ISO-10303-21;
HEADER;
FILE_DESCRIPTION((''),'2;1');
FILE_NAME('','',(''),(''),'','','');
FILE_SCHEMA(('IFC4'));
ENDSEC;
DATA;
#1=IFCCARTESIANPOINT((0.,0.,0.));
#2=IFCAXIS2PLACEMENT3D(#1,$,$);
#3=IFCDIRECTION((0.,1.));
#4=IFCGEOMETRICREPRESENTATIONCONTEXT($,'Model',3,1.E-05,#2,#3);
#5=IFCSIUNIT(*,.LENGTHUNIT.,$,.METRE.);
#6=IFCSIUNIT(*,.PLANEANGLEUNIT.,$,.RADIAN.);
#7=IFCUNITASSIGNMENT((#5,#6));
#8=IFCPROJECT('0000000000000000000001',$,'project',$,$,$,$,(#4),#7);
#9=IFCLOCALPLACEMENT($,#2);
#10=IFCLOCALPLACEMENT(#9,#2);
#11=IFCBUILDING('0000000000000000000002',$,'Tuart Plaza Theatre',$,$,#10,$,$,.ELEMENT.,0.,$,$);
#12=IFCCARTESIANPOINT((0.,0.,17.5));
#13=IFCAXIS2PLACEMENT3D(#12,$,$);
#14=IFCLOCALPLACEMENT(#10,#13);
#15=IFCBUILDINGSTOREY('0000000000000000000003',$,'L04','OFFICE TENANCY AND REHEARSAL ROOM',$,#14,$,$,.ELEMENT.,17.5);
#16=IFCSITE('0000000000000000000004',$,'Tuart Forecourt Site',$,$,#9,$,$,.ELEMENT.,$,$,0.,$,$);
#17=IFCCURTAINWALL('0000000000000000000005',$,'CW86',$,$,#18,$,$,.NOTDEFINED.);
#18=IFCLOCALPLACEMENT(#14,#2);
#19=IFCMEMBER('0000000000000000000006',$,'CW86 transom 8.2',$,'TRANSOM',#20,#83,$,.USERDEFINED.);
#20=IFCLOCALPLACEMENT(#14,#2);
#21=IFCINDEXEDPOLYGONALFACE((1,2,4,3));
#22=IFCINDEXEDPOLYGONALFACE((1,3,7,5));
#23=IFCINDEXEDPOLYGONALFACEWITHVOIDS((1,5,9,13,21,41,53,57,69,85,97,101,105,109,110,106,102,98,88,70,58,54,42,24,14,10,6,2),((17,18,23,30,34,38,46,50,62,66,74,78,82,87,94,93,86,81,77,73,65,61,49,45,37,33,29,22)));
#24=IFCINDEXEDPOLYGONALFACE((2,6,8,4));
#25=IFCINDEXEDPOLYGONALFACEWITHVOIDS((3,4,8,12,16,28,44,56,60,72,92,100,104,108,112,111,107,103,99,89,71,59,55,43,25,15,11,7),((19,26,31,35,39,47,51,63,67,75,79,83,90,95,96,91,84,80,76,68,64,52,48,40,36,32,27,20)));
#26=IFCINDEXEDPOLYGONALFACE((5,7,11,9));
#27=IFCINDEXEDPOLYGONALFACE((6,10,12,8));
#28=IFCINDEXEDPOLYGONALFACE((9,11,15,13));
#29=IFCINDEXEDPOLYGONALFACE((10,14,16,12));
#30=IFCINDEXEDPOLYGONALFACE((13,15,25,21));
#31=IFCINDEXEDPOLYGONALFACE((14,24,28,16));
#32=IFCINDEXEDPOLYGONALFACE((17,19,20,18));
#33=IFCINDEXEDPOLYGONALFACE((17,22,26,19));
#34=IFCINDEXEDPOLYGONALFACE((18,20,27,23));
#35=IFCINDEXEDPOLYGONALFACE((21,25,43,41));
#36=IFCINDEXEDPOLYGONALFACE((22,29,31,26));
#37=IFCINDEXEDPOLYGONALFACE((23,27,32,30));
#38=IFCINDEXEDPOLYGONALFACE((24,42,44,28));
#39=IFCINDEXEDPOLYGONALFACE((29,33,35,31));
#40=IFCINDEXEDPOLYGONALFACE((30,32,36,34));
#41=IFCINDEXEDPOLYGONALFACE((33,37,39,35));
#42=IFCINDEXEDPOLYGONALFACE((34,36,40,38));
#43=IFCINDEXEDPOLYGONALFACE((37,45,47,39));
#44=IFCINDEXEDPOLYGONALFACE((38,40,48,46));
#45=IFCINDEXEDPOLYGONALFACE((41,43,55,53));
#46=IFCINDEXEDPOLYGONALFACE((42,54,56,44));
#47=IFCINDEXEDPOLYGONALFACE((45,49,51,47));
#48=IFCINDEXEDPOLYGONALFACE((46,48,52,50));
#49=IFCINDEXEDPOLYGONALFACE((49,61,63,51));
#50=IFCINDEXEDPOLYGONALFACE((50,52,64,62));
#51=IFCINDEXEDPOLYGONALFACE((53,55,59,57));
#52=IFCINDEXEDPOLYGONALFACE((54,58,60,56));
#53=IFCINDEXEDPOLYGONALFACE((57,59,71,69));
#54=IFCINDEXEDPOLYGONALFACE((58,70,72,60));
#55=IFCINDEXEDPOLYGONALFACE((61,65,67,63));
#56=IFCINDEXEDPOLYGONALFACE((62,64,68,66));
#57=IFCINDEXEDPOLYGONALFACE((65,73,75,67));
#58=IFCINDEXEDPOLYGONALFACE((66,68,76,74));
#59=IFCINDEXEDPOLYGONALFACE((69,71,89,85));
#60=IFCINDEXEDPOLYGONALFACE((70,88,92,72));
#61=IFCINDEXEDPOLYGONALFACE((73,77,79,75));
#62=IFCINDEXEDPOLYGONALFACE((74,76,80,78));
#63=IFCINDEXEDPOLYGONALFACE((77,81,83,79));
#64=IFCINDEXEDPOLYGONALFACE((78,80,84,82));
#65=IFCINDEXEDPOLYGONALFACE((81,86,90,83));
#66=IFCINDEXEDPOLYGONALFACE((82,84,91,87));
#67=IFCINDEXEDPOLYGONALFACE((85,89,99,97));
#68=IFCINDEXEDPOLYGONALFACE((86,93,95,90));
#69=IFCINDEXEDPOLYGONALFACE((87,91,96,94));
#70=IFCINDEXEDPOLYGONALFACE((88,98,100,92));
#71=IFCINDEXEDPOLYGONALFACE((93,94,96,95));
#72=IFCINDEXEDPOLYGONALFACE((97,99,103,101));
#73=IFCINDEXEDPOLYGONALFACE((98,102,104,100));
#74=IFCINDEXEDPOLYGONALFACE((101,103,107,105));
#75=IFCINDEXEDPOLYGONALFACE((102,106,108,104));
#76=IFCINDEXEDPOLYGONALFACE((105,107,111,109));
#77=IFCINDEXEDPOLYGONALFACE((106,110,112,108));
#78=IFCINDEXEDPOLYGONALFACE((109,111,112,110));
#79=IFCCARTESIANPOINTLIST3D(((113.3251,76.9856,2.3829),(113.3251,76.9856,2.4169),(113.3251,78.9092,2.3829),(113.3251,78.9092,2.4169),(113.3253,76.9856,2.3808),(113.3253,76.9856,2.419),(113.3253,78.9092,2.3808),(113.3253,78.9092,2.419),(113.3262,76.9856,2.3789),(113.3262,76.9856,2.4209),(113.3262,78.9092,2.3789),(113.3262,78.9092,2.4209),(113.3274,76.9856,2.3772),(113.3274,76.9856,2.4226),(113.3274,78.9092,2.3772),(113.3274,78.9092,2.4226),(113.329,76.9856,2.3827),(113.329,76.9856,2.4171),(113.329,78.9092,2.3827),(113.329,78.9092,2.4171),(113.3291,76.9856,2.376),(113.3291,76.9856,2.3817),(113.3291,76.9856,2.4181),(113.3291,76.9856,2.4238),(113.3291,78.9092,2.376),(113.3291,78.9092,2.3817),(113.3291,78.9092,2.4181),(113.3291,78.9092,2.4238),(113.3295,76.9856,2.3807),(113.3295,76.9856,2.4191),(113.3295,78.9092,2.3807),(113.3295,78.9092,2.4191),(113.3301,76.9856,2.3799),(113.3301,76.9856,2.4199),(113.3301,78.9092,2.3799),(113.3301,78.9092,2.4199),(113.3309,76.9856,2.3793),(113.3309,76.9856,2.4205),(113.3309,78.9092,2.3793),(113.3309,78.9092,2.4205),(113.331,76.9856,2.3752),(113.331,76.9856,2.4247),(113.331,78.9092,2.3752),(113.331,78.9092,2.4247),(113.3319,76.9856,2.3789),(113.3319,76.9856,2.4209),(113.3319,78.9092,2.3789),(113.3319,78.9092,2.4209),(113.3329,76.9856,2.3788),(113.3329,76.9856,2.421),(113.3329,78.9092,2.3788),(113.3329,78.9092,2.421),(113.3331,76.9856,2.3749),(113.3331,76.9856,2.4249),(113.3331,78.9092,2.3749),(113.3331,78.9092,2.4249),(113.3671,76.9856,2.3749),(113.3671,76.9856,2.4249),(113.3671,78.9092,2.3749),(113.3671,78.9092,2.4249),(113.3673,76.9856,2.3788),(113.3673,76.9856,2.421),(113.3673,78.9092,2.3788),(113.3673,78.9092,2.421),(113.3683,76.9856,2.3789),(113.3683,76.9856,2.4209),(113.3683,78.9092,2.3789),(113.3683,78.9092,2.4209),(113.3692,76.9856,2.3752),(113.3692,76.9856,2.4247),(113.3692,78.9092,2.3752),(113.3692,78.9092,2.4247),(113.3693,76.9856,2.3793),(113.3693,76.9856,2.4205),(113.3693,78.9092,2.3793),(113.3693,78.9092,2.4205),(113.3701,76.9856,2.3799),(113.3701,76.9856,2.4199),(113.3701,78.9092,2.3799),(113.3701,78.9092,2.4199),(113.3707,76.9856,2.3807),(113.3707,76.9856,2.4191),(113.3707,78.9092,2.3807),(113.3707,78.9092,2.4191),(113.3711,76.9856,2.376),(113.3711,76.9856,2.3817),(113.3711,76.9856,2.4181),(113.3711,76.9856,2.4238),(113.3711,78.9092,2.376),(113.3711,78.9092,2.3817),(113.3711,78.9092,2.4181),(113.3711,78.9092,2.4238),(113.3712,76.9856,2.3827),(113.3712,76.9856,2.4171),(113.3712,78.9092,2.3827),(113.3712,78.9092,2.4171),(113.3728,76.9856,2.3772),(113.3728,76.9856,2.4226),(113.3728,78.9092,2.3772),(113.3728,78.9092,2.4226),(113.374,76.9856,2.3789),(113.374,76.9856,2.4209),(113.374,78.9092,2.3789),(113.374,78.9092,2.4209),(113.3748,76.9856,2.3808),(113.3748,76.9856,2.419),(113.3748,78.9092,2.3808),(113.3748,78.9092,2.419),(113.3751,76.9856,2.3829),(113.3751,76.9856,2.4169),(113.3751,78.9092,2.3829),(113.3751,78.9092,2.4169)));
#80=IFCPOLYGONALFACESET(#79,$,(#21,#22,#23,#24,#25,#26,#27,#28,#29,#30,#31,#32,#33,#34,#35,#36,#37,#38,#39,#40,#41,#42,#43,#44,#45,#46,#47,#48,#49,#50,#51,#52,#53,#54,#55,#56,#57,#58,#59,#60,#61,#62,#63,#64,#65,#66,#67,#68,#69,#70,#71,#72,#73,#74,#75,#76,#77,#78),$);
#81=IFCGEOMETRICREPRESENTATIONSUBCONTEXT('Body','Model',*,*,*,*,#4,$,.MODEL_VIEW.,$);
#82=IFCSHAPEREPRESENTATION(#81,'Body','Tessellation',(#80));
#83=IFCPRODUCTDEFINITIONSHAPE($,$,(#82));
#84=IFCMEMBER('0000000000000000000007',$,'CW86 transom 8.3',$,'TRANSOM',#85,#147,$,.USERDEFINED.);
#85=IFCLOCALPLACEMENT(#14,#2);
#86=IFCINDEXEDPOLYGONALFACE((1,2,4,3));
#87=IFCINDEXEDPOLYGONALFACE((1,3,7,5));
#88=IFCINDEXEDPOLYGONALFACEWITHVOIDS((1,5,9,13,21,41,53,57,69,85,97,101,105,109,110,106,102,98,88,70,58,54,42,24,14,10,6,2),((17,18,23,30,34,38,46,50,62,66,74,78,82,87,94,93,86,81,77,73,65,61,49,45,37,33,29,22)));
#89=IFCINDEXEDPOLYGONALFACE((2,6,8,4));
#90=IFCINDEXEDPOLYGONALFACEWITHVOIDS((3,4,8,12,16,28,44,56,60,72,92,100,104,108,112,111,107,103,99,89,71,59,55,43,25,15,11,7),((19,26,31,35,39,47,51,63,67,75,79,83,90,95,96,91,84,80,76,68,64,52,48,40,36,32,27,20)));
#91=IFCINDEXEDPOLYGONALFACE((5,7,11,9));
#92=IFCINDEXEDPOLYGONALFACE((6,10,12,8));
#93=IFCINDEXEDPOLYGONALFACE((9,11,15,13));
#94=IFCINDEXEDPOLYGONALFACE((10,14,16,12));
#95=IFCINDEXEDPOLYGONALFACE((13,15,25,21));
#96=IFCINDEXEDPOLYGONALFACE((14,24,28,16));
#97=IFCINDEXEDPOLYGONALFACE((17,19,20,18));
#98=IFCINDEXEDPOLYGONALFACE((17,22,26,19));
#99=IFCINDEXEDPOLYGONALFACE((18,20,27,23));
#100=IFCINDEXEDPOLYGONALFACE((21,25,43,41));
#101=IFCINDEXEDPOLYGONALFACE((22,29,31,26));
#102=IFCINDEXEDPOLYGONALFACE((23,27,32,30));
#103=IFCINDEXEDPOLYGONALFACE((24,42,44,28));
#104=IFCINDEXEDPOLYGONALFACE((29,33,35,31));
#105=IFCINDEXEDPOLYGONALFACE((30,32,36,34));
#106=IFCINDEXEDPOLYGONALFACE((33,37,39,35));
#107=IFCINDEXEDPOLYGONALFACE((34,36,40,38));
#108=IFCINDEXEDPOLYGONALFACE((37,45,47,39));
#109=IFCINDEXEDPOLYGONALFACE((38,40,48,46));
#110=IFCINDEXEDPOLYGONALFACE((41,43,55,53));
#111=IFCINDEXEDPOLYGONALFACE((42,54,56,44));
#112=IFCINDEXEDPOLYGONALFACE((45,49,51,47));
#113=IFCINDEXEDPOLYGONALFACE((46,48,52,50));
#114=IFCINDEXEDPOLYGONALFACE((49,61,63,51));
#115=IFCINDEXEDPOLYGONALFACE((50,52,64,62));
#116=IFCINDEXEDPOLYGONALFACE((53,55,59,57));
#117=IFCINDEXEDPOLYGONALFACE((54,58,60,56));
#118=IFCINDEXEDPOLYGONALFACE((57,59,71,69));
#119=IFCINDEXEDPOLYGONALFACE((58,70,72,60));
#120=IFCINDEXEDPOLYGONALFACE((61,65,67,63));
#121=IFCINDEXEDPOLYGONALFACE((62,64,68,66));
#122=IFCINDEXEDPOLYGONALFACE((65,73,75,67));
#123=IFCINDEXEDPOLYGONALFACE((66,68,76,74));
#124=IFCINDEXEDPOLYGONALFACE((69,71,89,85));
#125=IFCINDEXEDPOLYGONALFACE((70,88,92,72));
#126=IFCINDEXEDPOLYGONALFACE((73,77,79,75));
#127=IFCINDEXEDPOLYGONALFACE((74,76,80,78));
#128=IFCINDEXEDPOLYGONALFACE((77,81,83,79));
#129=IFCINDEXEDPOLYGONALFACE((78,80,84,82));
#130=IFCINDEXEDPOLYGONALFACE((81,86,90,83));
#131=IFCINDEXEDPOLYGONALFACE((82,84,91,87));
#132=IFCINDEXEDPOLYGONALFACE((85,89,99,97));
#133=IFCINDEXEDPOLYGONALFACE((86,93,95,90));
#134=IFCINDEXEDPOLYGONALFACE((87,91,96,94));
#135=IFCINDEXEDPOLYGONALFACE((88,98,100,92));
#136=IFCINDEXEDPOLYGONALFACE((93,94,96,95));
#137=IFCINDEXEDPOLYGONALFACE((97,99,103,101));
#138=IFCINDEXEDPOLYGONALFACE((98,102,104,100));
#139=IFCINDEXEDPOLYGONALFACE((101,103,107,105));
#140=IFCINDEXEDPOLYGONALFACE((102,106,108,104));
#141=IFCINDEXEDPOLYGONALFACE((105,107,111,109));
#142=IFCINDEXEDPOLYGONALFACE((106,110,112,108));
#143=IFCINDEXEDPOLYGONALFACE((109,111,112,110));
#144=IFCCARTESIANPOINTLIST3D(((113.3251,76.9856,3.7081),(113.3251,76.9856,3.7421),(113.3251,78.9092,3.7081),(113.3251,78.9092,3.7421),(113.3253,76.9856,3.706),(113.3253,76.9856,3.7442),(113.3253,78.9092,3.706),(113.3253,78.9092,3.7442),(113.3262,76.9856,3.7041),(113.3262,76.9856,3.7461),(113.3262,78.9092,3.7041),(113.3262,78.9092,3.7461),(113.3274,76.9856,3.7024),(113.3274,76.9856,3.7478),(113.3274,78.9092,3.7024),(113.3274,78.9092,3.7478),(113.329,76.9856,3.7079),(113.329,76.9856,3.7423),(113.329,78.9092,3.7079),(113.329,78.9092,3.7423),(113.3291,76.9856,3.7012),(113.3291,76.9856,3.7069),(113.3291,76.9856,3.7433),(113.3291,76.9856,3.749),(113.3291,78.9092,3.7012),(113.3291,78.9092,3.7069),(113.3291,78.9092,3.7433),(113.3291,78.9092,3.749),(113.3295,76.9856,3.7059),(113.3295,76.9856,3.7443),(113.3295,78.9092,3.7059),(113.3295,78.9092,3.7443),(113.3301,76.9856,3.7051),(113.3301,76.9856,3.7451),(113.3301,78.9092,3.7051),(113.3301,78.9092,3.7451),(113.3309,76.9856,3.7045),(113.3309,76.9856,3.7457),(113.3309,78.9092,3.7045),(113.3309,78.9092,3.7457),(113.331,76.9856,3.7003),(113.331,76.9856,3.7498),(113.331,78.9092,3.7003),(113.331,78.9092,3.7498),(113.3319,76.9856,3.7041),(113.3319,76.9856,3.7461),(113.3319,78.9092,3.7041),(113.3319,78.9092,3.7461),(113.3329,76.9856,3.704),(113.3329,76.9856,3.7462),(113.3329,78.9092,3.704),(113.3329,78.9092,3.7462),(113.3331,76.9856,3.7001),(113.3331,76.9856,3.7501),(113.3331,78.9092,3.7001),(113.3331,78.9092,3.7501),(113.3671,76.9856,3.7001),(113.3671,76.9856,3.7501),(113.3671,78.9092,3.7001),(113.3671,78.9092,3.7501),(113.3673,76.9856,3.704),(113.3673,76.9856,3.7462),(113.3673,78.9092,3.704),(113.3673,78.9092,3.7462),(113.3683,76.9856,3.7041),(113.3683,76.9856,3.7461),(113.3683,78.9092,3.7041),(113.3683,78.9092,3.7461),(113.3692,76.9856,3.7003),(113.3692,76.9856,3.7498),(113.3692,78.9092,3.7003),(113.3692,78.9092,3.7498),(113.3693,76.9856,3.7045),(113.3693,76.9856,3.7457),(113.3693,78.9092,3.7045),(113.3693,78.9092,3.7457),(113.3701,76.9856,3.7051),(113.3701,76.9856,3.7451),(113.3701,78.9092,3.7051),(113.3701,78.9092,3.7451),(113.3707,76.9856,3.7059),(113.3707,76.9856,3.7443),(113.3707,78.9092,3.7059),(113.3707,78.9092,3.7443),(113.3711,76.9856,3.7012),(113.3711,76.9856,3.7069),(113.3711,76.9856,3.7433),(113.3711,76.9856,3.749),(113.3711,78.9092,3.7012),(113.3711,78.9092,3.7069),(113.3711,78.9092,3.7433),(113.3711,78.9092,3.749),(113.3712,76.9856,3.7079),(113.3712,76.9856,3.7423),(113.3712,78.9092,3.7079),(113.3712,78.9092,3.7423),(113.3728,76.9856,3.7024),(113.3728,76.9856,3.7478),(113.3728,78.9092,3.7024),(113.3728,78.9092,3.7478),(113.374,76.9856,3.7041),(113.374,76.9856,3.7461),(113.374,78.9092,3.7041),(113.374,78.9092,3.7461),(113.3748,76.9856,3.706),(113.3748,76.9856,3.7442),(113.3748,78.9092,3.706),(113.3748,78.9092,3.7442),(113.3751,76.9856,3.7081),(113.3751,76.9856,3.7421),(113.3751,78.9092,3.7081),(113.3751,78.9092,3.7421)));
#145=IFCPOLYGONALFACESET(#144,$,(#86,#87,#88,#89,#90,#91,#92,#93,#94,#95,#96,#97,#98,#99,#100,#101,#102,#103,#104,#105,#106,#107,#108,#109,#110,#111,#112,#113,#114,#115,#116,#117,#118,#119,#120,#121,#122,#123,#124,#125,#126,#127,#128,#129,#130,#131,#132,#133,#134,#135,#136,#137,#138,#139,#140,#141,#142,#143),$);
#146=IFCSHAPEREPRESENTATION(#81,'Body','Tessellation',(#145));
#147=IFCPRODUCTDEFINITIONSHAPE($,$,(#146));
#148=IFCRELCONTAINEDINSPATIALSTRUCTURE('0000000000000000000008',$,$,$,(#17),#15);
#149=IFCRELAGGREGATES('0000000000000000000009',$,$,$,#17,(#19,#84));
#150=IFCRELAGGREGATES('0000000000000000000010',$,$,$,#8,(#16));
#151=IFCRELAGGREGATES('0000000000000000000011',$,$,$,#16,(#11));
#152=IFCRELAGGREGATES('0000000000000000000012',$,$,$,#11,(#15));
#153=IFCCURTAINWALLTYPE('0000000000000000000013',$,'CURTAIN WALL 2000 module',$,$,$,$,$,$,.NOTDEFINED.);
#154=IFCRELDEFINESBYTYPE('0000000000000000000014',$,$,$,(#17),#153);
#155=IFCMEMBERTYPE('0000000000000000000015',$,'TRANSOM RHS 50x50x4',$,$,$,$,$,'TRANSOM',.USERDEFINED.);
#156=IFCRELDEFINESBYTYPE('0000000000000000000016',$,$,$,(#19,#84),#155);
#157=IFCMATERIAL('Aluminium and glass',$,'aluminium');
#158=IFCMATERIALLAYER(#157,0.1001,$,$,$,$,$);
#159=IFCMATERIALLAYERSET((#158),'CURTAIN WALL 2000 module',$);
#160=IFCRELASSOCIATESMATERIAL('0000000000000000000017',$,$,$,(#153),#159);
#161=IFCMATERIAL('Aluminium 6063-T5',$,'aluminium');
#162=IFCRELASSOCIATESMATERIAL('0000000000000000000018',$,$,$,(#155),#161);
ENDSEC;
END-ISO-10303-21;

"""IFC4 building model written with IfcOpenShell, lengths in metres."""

from ifc_helpers import new_model, si_unit, direction, frame, origin, origin_2d, place, context, subcontext, project, spatial, hollow_rectangle, extrude, material, layer, layer_set, material_profile, profile_set, type_object, element, aggregate, save


model = new_model("IFC4")

# Units and contexts
model_context = context("Model", 3, precision=1e-05, world=origin(), true_north=direction((0.0, 1.0)))
body_context = subcontext(model_context, "Body", "Model", "MODEL_VIEW")
ifc_project = project(units=[si_unit("LENGTHUNIT", "METRE"), si_unit("PLANEANGLEUNIT", "RADIAN")], contexts=[model_context])

# Site, building, storey
site_placement = place(None, origin())
site = spatial("IfcSite", under=ifc_project, at=site_placement, Name="Tuart Forecourt Site", CompositionType="ELEMENT", RefElevation=0.0)
building_placement = place(site_placement, origin())
building = spatial("IfcBuilding", under=site, at=building_placement, Name="Tuart Plaza Theatre", CompositionType="ELEMENT", ElevationOfRefHeight=0.0)
storey_placement = place(building_placement, frame((0.0, 0.0, 17.5)))
storey = spatial("IfcBuildingStorey", under=building, at=storey_placement, Name="L04", Description="OFFICE TENANCY AND REHEARSAL ROOM", CompositionType="ELEMENT", Elevation=17.5)

# Curtain wall, members
ifc_material_1 = material(Name="Aluminium and glass", Category="aluminium")
ifc_layer_1 = layer(ifc_material_1, 0.1001)
ifc_layer_set_1 = layer_set([ifc_layer_1], Name="CURTAIN WALL 2000 module")
curtain_wall_type = type_object("IfcCurtainWallType", Name="CURTAIN WALL 2000 module", PredefinedType="NOTDEFINED", material=ifc_layer_set_1)
curtain_wall_placement = place(storey_placement, origin())
curtain_wall = element("IfcCurtainWall", 1, at=curtain_wall_placement, inside=storey, type_object=curtain_wall_type, Name="CW86", PredefinedType="NOTDEFINED")
ifc_material_2 = material(Name="Aluminium 6063-T5", Category="aluminium")
ifc_material_profile_1 = material_profile(ifc_material_2, hollow_rectangle(XDim=0.05, YDim=0.05, WallThickness=0.0039, InnerFilletRadius=0.0039, OuterFilletRadius=0.0081, at=origin_2d()), Name="RHS 50x50x4")
ifc_profile_set_1 = profile_set([ifc_material_profile_1], Name="Aluminium 6063-T5")
member_type_1 = type_object("IfcMemberType", Name="TRANSOM RHS 50x50x4", ElementType="TRANSOM", PredefinedType="USERDEFINED", material=ifc_profile_set_1)
member_1_placement = place(storey_placement, frame((113.3501, 78.9092, 2.3999), z_axis=(0.0, -1.0, 0.0), x_axis=(1.0, 0.0, 0.0)))
member_1 = element("IfcMember", 2, at=member_1_placement, type_object=member_type_1, Name="CW86 transom 8.2", ObjectType="TRANSOM", PredefinedType="USERDEFINED", context=body_context, shape_type="SweptSolid", body=[
    extrude(hollow_rectangle(XDim=0.05, YDim=0.05, WallThickness=0.0039, InnerFilletRadius=0.0039, OuterFilletRadius=0.0081, at=origin_2d()), origin(), (0.0, 0.0, 1.0), 1.9236),
])
member_2_placement = place(storey_placement, frame((113.3501, 78.9092, 3.7251), z_axis=(0.0, -1.0, 0.0), x_axis=(1.0, 0.0, 0.0)))
member_2 = element("IfcMember", 3, at=member_2_placement, type_object=member_type_1, Name="CW86 transom 8.3", ObjectType="TRANSOM", PredefinedType="USERDEFINED", context=body_context, shape_type="SweptSolid", body=[
    extrude(hollow_rectangle(XDim=0.05, YDim=0.05, WallThickness=0.0039, InnerFilletRadius=0.0039, OuterFilletRadius=0.0081, at=origin_2d()), origin(), (0.0, 0.0, 1.0), 1.9236),
])
aggregate(curtain_wall, [member_1, member_2])

save(model, "model.ifc")
